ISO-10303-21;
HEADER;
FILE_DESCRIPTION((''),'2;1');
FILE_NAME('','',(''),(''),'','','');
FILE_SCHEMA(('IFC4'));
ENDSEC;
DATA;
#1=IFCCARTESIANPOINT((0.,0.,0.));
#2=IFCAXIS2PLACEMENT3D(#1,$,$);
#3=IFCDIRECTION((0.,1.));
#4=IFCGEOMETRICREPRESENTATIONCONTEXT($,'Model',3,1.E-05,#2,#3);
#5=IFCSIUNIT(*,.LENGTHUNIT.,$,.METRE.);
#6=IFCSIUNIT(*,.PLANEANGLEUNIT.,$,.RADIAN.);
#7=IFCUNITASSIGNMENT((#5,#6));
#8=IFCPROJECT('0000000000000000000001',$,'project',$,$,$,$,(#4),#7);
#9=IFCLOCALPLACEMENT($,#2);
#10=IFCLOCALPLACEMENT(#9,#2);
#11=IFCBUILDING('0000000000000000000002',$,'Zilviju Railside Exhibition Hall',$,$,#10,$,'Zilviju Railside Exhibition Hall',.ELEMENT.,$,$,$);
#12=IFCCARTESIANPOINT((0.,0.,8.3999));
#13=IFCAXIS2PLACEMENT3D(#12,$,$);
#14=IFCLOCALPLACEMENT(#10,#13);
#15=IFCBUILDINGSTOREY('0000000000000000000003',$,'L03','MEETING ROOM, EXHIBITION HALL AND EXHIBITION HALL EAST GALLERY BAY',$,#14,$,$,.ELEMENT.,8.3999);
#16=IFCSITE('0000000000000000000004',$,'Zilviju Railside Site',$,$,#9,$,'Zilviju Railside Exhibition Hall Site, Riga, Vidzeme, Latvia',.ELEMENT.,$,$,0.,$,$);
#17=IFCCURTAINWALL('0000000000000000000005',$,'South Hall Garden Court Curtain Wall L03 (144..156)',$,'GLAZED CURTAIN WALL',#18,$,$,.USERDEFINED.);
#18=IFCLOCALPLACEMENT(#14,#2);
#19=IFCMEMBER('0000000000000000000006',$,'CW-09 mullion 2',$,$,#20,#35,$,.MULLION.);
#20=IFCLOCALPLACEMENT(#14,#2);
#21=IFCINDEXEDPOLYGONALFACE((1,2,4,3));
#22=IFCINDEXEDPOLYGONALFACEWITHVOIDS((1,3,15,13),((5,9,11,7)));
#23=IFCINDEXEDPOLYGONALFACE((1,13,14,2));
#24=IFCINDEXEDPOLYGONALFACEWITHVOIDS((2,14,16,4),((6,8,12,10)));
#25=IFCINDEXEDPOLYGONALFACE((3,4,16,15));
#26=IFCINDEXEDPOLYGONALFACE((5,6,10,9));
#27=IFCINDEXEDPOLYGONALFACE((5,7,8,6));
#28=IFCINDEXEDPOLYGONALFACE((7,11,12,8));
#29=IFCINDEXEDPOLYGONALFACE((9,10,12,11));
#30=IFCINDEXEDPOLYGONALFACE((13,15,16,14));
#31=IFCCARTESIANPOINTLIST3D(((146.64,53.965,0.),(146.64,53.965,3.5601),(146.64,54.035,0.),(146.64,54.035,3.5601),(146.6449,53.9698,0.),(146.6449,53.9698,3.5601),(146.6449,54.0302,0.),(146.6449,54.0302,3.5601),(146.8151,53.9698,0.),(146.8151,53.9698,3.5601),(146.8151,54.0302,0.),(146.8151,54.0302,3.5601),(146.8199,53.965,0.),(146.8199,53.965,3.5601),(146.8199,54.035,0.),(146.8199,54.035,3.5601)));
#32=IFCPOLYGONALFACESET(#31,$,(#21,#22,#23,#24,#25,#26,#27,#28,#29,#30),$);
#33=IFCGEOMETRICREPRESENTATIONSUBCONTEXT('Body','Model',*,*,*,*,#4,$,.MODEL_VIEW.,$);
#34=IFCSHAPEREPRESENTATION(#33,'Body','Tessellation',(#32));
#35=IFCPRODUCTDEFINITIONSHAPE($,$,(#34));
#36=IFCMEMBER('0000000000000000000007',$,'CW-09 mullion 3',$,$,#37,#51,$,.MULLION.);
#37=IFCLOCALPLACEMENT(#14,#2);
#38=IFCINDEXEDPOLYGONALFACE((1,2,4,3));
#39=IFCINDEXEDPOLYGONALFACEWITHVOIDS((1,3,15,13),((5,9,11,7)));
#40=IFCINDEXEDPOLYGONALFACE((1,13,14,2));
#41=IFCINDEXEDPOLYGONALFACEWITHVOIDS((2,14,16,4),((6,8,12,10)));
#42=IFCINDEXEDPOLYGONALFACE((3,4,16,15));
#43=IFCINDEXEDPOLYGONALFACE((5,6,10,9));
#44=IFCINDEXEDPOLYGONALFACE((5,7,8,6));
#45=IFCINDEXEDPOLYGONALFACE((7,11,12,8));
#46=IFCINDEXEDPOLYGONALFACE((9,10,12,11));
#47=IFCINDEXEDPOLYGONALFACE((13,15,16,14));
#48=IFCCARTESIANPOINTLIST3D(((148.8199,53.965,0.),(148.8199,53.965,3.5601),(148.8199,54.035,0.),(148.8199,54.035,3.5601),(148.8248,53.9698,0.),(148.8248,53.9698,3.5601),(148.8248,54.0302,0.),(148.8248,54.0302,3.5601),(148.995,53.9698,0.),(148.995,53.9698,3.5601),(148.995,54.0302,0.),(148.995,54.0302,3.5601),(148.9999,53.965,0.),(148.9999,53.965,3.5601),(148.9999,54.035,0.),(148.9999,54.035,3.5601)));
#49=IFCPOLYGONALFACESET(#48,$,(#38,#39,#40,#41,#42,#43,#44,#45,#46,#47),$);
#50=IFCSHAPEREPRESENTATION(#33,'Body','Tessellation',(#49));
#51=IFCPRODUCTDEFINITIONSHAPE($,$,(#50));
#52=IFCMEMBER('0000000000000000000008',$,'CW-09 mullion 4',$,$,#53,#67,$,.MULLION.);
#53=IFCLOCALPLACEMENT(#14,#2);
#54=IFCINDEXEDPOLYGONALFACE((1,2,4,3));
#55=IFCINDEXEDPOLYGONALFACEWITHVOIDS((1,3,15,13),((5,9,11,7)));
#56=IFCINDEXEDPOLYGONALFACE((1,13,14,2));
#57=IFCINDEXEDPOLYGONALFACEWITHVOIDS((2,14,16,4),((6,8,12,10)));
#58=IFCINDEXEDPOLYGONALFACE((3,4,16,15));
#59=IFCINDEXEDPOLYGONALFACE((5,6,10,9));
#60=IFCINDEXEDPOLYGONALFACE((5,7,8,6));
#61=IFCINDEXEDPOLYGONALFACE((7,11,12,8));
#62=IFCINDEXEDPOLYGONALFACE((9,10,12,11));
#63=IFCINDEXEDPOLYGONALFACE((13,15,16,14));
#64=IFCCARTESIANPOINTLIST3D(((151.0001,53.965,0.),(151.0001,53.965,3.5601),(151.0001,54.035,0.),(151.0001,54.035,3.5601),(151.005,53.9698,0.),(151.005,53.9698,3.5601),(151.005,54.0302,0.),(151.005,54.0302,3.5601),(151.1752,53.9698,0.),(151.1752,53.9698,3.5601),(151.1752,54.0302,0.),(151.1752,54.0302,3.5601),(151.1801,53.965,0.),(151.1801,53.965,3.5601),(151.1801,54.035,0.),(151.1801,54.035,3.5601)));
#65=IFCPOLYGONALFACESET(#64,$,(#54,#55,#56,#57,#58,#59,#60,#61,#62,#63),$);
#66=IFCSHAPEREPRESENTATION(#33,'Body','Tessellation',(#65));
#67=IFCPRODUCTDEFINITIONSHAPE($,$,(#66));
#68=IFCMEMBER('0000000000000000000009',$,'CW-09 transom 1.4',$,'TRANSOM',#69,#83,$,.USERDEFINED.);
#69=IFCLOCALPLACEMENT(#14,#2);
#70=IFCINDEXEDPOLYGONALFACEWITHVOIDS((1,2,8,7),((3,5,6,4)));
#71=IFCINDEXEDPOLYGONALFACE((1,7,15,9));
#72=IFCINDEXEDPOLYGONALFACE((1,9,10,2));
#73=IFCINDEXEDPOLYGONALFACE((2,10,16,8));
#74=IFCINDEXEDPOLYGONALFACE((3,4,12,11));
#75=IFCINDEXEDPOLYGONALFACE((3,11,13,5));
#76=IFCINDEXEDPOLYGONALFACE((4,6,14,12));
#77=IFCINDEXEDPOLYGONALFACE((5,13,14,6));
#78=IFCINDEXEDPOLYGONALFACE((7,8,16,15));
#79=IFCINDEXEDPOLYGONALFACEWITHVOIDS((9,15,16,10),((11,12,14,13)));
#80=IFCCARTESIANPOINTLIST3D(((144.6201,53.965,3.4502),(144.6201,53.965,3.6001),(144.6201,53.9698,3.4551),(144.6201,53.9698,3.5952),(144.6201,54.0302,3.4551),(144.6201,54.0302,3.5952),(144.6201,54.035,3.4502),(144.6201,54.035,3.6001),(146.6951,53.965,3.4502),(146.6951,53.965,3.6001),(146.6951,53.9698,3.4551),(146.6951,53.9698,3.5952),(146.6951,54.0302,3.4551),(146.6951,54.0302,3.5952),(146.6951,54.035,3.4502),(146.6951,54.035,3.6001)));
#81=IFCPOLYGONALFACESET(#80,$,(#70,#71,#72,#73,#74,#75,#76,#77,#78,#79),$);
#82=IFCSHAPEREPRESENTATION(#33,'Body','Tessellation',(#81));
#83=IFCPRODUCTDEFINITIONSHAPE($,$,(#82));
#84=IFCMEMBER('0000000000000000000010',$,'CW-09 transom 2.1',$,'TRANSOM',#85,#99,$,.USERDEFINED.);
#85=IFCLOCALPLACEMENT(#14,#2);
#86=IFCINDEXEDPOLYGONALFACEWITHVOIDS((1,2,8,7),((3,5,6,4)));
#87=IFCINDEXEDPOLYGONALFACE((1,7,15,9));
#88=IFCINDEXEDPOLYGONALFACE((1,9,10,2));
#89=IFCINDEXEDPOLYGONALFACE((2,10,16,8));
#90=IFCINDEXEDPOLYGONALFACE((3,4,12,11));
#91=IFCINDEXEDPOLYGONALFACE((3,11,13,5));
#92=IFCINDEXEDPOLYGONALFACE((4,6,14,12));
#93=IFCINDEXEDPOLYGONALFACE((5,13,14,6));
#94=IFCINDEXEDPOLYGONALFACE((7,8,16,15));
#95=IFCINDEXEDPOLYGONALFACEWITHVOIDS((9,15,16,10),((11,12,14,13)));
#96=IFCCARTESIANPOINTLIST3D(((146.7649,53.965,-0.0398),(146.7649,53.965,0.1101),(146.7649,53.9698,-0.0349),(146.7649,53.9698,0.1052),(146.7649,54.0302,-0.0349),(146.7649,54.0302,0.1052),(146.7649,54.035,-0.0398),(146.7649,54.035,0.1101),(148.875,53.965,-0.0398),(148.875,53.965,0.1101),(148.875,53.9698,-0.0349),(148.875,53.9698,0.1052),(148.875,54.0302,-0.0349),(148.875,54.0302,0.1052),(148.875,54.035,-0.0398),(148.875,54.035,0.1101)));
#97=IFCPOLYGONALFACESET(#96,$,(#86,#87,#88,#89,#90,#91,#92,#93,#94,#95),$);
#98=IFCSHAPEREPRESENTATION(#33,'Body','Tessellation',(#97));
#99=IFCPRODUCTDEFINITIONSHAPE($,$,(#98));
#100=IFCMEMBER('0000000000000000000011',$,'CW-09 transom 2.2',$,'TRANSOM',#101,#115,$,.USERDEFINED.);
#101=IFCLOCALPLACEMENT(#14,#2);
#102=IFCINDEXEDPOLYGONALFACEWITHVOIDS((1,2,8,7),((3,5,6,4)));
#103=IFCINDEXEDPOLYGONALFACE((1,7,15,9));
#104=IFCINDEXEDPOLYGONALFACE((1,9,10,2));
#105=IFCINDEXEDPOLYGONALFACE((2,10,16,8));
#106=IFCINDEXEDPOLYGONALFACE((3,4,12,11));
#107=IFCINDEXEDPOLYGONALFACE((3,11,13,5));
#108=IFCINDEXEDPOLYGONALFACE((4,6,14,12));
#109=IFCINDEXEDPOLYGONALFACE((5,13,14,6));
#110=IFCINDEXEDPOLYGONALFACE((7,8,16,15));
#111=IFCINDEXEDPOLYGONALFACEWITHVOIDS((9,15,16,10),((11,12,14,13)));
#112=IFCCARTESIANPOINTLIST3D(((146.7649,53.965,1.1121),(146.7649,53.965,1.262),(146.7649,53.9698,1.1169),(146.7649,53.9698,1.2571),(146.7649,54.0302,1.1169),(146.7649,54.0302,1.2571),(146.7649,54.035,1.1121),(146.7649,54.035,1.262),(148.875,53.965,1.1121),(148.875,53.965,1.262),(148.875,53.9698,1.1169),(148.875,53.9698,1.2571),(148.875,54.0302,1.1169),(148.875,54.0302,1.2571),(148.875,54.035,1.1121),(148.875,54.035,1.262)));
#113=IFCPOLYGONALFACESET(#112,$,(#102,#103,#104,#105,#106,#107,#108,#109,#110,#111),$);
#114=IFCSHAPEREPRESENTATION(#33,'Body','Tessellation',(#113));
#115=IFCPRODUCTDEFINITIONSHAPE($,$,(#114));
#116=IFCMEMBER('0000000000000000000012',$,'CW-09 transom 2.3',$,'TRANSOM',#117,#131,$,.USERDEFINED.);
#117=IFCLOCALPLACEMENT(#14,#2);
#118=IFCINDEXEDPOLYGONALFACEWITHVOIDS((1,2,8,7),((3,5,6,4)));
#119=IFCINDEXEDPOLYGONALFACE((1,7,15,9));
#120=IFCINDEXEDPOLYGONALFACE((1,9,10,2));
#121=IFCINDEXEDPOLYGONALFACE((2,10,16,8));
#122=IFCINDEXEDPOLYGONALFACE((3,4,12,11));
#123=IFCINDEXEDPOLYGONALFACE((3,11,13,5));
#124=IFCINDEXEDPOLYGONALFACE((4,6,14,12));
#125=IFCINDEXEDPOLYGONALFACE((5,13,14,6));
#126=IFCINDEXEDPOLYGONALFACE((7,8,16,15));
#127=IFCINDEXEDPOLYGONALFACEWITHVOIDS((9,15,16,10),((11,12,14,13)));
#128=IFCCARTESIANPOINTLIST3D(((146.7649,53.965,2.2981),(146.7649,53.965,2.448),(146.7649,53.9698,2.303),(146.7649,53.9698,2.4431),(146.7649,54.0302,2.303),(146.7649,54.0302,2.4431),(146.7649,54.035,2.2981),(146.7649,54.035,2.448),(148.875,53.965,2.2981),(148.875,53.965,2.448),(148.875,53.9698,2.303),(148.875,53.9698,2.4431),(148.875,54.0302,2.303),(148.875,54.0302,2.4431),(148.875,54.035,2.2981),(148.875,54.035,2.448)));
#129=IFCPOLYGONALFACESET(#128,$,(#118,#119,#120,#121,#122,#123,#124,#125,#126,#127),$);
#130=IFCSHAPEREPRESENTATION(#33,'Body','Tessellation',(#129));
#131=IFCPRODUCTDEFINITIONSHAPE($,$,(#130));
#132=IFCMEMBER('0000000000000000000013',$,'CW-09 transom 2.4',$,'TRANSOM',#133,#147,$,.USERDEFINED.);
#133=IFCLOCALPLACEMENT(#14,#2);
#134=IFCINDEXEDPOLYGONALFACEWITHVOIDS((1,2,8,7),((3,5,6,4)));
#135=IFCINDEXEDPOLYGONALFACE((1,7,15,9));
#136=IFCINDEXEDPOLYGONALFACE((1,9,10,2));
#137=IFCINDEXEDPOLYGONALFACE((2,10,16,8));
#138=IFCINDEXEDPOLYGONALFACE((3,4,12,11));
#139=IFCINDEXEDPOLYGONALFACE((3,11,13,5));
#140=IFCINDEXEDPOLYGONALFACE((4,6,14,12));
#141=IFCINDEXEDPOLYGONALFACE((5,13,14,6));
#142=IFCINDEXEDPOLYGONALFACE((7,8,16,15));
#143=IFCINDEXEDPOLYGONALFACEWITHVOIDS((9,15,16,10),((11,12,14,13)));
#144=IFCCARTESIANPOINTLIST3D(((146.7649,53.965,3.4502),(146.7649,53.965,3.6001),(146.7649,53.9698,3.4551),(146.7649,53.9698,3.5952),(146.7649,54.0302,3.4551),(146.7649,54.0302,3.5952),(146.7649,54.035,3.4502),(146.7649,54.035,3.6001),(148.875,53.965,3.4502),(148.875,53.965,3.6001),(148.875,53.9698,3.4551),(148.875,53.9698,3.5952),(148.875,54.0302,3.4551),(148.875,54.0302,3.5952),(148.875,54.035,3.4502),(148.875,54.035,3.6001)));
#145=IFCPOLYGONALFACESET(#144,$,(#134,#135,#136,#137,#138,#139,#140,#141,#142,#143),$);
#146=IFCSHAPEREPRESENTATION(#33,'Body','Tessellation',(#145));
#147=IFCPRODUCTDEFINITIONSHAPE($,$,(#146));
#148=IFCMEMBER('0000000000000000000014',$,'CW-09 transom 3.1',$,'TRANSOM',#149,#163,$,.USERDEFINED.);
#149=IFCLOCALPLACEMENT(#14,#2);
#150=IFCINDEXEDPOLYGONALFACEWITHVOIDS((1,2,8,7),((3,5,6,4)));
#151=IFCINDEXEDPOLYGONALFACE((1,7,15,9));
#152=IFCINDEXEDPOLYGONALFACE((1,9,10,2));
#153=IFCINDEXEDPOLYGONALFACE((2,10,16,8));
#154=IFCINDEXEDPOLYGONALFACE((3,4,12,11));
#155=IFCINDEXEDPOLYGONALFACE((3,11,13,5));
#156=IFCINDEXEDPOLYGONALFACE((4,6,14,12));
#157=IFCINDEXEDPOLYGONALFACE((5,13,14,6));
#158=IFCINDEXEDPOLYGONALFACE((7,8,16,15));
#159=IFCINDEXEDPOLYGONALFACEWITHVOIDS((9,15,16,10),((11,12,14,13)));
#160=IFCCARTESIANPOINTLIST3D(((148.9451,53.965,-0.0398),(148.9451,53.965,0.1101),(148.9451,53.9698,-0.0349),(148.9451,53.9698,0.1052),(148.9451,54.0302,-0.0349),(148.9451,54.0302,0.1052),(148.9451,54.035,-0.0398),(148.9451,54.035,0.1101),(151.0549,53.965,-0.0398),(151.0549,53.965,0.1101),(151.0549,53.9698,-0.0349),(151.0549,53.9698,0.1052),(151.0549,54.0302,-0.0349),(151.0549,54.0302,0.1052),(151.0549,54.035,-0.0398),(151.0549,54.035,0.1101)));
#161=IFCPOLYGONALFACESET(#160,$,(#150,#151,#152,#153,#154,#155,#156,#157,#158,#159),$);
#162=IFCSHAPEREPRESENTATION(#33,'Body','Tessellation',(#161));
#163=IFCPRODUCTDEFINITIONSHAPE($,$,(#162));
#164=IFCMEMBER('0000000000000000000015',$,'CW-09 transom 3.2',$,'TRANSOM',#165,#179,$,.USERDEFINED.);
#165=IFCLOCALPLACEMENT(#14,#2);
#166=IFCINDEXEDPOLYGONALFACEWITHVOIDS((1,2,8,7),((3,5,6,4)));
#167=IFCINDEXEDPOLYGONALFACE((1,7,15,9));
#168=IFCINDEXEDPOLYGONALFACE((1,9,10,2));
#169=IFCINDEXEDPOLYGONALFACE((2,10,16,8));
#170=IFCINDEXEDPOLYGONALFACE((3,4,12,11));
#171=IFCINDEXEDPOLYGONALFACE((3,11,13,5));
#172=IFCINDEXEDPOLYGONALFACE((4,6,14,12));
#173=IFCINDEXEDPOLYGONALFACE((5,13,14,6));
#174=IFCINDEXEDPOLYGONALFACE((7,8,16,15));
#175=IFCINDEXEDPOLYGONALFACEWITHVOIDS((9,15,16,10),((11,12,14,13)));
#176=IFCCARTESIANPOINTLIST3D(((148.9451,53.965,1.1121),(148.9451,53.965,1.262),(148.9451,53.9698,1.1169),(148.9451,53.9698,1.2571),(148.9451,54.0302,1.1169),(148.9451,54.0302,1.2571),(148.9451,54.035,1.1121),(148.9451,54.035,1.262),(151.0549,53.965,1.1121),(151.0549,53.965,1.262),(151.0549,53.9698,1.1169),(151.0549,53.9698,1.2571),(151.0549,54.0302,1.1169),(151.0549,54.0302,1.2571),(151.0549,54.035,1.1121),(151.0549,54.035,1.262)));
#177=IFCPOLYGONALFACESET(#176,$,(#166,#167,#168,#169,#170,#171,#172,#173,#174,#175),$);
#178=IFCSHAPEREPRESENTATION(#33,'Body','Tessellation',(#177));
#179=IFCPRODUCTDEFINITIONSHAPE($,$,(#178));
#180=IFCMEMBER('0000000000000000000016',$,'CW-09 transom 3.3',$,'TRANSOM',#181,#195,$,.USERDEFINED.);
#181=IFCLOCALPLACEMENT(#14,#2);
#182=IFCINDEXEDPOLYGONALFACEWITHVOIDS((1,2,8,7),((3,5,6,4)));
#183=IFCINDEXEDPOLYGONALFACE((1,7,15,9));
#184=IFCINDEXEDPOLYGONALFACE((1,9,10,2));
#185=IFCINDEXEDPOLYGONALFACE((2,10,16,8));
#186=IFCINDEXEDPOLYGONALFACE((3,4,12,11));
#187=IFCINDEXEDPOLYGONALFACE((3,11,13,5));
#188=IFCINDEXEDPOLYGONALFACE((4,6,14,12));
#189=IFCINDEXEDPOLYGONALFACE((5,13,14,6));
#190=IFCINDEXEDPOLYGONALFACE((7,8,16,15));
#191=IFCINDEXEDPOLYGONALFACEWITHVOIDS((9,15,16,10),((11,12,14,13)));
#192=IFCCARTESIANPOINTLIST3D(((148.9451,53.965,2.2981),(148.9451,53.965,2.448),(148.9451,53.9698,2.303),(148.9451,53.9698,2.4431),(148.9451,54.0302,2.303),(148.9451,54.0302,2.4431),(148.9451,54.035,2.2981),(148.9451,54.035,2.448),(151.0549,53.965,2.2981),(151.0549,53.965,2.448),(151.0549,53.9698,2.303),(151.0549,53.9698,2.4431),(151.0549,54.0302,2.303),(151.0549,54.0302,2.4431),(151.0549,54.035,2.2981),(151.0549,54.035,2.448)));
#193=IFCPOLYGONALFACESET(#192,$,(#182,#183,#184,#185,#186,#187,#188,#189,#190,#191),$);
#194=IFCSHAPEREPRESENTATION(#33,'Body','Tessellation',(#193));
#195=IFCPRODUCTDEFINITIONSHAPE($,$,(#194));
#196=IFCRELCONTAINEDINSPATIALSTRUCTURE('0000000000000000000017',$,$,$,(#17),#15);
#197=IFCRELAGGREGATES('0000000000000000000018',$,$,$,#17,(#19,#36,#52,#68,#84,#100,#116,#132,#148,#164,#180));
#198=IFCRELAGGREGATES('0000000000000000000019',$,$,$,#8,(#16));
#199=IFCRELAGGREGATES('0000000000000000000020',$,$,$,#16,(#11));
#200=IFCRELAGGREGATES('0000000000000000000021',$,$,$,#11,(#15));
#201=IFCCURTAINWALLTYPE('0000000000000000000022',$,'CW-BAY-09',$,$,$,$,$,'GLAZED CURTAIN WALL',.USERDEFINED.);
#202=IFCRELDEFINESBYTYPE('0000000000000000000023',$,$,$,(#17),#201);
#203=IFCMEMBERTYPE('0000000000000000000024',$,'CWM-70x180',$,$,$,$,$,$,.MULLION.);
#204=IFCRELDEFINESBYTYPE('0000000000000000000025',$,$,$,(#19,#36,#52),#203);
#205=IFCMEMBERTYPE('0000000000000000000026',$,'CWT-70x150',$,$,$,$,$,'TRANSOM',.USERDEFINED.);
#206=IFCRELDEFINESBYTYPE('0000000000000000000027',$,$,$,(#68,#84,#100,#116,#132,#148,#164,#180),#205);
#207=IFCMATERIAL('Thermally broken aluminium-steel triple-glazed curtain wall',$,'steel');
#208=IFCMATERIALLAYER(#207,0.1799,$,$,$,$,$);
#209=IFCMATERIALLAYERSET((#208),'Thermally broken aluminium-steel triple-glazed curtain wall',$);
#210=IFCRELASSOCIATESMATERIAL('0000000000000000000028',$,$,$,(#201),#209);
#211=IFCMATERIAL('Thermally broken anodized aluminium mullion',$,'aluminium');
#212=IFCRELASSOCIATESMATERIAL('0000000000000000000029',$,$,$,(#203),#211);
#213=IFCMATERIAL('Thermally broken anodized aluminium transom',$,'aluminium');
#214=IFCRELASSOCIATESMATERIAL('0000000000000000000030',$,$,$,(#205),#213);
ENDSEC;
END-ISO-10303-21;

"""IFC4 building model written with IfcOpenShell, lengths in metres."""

from ifc_helpers import new_model, si_unit, direction, frame, origin, origin_2d, place, context, subcontext, project, spatial, hollow_rectangle, extrude, material, layer, layer_set, material_profile, profile_set, type_object, element, aggregate, save


model = new_model("IFC4")

# Units and contexts
model_context = context("Model", 3, precision=1e-05, world=origin(), true_north=direction((0.0, 1.0)))
body_context = subcontext(model_context, "Body", "Model", "MODEL_VIEW")
ifc_project = project(units=[si_unit("LENGTHUNIT", "METRE"), si_unit("PLANEANGLEUNIT", "RADIAN")], contexts=[model_context])

# Site, building, storey
site_placement = place(None, origin())
site = spatial("IfcSite", under=ifc_project, at=site_placement, Name="Zilviju Railside Site", LongName="Zilviju Railside Exhibition Hall Site, Riga, Vidzeme, Latvia", CompositionType="ELEMENT", RefElevation=0.0)
building_placement = place(site_placement, origin())
building = spatial("IfcBuilding", under=site, at=building_placement, Name="Zilviju Railside Exhibition Hall", LongName="Zilviju Railside Exhibition Hall", CompositionType="ELEMENT")
storey_placement = place(building_placement, frame((0.0, 0.0, 8.3999)))
storey = spatial("IfcBuildingStorey", under=building, at=storey_placement, Name="L03", Description="MEETING ROOM, EXHIBITION HALL AND EXHIBITION HALL EAST GALLERY BAY", CompositionType="ELEMENT", Elevation=8.3999)

# Curtain wall, members
ifc_material_1 = material(Name="Thermally broken aluminium-steel triple-glazed curtain wall", Category="steel")
ifc_layer_1 = layer(ifc_material_1, 0.1799)
ifc_layer_set_1 = layer_set([ifc_layer_1], Name="Thermally broken aluminium-steel triple-glazed curtain wall")
curtain_wall_type = type_object("IfcCurtainWallType", Name="CW-BAY-09", ElementType="GLAZED CURTAIN WALL", PredefinedType="USERDEFINED", material=ifc_layer_set_1)
curtain_wall_placement = place(storey_placement, origin())
curtain_wall = element("IfcCurtainWall", 1, at=curtain_wall_placement, inside=storey, type_object=curtain_wall_type, Name="South Hall Garden Court Curtain Wall L03 (144..156)", ObjectType="GLAZED CURTAIN WALL", PredefinedType="USERDEFINED")
ifc_material_2 = material(Name="Thermally broken anodized aluminium mullion", Category="aluminium")
ifc_material_profile_1 = material_profile(ifc_material_2, hollow_rectangle(XDim=0.0701, YDim=0.1799, WallThickness=0.0049, at=origin_2d()), Name="MULLION 180x70x5")
ifc_profile_set_1 = profile_set([ifc_material_profile_1], Name="Thermally broken anodized aluminium mullion")
member_type_1 = type_object("IfcMemberType", Name="CWM-70x180", PredefinedType="MULLION", material=ifc_profile_set_1)
member_1_placement = place(storey_placement, frame((146.73, 54.0, 0.0), z_axis=(0.0, 0.0, 1.0), x_axis=(0.0, 1.0, 0.0)))
member_1 = element("IfcMember", 2, at=member_1_placement, type_object=member_type_1, Name="CW-09 mullion 2", PredefinedType="MULLION", context=body_context, shape_type="SweptSolid", body=[
    extrude(hollow_rectangle(XDim=0.0701, YDim=0.1799, WallThickness=0.0049, at=origin_2d()), origin(), (0.0, 0.0, 1.0), 3.5601),
])
member_2_placement = place(storey_placement, frame((148.9099, 54.0, 0.0), z_axis=(0.0, 0.0, 1.0), x_axis=(0.0, 1.0, 0.0)))
member_2 = element("IfcMember", 3, at=member_2_placement, type_object=member_type_1, Name="CW-09 mullion 3", PredefinedType="MULLION", context=body_context, shape_type="SweptSolid", body=[
    extrude(hollow_rectangle(XDim=0.0701, YDim=0.1799, WallThickness=0.0049, at=origin_2d()), origin(), (0.0, 0.0, 1.0), 3.5601),
])
member_3_placement = place(storey_placement, frame((151.0901, 54.0, 0.0), z_axis=(0.0, 0.0, 1.0), x_axis=(0.0, 1.0, 0.0)))
member_3 = element("IfcMember", 4, at=member_3_placement, type_object=member_type_1, Name="CW-09 mullion 4", PredefinedType="MULLION", context=body_context, shape_type="SweptSolid", body=[
    extrude(hollow_rectangle(XDim=0.0701, YDim=0.1799, WallThickness=0.0049, at=origin_2d()), origin(), (0.0, 0.0, 1.0), 3.5601),
])
ifc_material_3 = material(Name="Thermally broken anodized aluminium transom", Category="aluminium")
ifc_material_profile_2 = material_profile(ifc_material_3, hollow_rectangle(XDim=0.0701, YDim=0.1499, WallThickness=0.0049, at=origin_2d()), Name="TRANSOM 150x70x5")
ifc_profile_set_2 = profile_set([ifc_material_profile_2], Name="Thermally broken anodized aluminium transom")
member_type_2 = type_object("IfcMemberType", Name="CWT-70x150", ElementType="TRANSOM", PredefinedType="USERDEFINED", material=ifc_profile_set_2)
member_4_placement = place(storey_placement, frame((144.6201, 54.0, 3.5251), z_axis=(1.0, 0.0, 0.0), x_axis=(0.0, 1.0, 0.0)))
member_4 = element("IfcMember", 5, at=member_4_placement, type_object=member_type_2, Name="CW-09 transom 1.4", ObjectType="TRANSOM", PredefinedType="USERDEFINED", context=body_context, shape_type="SweptSolid", body=[
    extrude(hollow_rectangle(XDim=0.0701, YDim=0.1499, WallThickness=0.0049, at=origin_2d()), origin(), (0.0, 0.0, 1.0), 2.075),
])
member_5_placement = place(storey_placement, frame((146.7649, 54.0, 0.0352), z_axis=(1.0, 0.0, 0.0), x_axis=(0.0, 1.0, 0.0)))
member_5 = element("IfcMember", 6, at=member_5_placement, type_object=member_type_2, Name="CW-09 transom 2.1", ObjectType="TRANSOM", PredefinedType="USERDEFINED", context=body_context, shape_type="SweptSolid", body=[
    extrude(hollow_rectangle(XDim=0.0701, YDim=0.1499, WallThickness=0.0049, at=origin_2d()), origin(), (0.0, 0.0, 1.0), 2.1101),
])
member_6_placement = place(storey_placement, frame((146.7649, 54.0, 1.187), z_axis=(1.0, 0.0, 0.0), x_axis=(0.0, 1.0, 0.0)))
member_6 = element("IfcMember", 7, at=member_6_placement, type_object=member_type_2, Name="CW-09 transom 2.2", ObjectType="TRANSOM", PredefinedType="USERDEFINED", context=body_context, shape_type="SweptSolid", body=[
    extrude(hollow_rectangle(XDim=0.0701, YDim=0.1499, WallThickness=0.0049, at=origin_2d()), origin(), (0.0, 0.0, 1.0), 2.1101),
])
member_7_placement = place(storey_placement, frame((146.7649, 54.0, 2.373), z_axis=(1.0, 0.0, 0.0), x_axis=(0.0, 1.0, 0.0)))
member_7 = element("IfcMember", 8, at=member_7_placement, type_object=member_type_2, Name="CW-09 transom 2.3", ObjectType="TRANSOM", PredefinedType="USERDEFINED", context=body_context, shape_type="SweptSolid", body=[
    extrude(hollow_rectangle(XDim=0.0701, YDim=0.1499, WallThickness=0.0049, at=origin_2d()), origin(), (0.0, 0.0, 1.0), 2.1101),
])
member_8_placement = place(storey_placement, frame((146.7649, 54.0, 3.5251), z_axis=(1.0, 0.0, 0.0), x_axis=(0.0, 1.0, 0.0)))
member_8 = element("IfcMember", 9, at=member_8_placement, type_object=member_type_2, Name="CW-09 transom 2.4", ObjectType="TRANSOM", PredefinedType="USERDEFINED", context=body_context, shape_type="SweptSolid", body=[
    extrude(hollow_rectangle(XDim=0.0701, YDim=0.1499, WallThickness=0.0049, at=origin_2d()), origin(), (0.0, 0.0, 1.0), 2.1101),
])
member_9_placement = place(storey_placement, frame((148.9451, 54.0, 0.0352), z_axis=(1.0, 0.0, 0.0), x_axis=(0.0, 1.0, 0.0)))
member_9 = element("IfcMember", 10, at=member_9_placement, type_object=member_type_2, Name="CW-09 transom 3.1", ObjectType="TRANSOM", PredefinedType="USERDEFINED", context=body_context, shape_type="SweptSolid", body=[
    extrude(hollow_rectangle(XDim=0.0701, YDim=0.1499, WallThickness=0.0049, at=origin_2d()), origin(), (0.0, 0.0, 1.0), 2.1099),
])
member_10_placement = place(storey_placement, frame((148.9451, 54.0, 1.187), z_axis=(1.0, 0.0, 0.0), x_axis=(0.0, 1.0, 0.0)))
member_10 = element("IfcMember", 11, at=member_10_placement, type_object=member_type_2, Name="CW-09 transom 3.2", ObjectType="TRANSOM", PredefinedType="USERDEFINED", context=body_context, shape_type="SweptSolid", body=[
    extrude(hollow_rectangle(XDim=0.0701, YDim=0.1499, WallThickness=0.0049, at=origin_2d()), origin(), (0.0, 0.0, 1.0), 2.1099),
])
member_11_placement = place(storey_placement, frame((148.9451, 54.0, 2.373), z_axis=(1.0, 0.0, 0.0), x_axis=(0.0, 1.0, 0.0)))
member_11 = element("IfcMember", 12, at=member_11_placement, type_object=member_type_2, Name="CW-09 transom 3.3", ObjectType="TRANSOM", PredefinedType="USERDEFINED", context=body_context, shape_type="SweptSolid", body=[
    extrude(hollow_rectangle(XDim=0.0701, YDim=0.1499, WallThickness=0.0049, at=origin_2d()), origin(), (0.0, 0.0, 1.0), 2.1099),
])
aggregate(curtain_wall, [member_1, member_2, member_3, member_4, member_5, member_6, member_7, member_8, member_9, member_10, member_11])

save(model, "model.ifc")
